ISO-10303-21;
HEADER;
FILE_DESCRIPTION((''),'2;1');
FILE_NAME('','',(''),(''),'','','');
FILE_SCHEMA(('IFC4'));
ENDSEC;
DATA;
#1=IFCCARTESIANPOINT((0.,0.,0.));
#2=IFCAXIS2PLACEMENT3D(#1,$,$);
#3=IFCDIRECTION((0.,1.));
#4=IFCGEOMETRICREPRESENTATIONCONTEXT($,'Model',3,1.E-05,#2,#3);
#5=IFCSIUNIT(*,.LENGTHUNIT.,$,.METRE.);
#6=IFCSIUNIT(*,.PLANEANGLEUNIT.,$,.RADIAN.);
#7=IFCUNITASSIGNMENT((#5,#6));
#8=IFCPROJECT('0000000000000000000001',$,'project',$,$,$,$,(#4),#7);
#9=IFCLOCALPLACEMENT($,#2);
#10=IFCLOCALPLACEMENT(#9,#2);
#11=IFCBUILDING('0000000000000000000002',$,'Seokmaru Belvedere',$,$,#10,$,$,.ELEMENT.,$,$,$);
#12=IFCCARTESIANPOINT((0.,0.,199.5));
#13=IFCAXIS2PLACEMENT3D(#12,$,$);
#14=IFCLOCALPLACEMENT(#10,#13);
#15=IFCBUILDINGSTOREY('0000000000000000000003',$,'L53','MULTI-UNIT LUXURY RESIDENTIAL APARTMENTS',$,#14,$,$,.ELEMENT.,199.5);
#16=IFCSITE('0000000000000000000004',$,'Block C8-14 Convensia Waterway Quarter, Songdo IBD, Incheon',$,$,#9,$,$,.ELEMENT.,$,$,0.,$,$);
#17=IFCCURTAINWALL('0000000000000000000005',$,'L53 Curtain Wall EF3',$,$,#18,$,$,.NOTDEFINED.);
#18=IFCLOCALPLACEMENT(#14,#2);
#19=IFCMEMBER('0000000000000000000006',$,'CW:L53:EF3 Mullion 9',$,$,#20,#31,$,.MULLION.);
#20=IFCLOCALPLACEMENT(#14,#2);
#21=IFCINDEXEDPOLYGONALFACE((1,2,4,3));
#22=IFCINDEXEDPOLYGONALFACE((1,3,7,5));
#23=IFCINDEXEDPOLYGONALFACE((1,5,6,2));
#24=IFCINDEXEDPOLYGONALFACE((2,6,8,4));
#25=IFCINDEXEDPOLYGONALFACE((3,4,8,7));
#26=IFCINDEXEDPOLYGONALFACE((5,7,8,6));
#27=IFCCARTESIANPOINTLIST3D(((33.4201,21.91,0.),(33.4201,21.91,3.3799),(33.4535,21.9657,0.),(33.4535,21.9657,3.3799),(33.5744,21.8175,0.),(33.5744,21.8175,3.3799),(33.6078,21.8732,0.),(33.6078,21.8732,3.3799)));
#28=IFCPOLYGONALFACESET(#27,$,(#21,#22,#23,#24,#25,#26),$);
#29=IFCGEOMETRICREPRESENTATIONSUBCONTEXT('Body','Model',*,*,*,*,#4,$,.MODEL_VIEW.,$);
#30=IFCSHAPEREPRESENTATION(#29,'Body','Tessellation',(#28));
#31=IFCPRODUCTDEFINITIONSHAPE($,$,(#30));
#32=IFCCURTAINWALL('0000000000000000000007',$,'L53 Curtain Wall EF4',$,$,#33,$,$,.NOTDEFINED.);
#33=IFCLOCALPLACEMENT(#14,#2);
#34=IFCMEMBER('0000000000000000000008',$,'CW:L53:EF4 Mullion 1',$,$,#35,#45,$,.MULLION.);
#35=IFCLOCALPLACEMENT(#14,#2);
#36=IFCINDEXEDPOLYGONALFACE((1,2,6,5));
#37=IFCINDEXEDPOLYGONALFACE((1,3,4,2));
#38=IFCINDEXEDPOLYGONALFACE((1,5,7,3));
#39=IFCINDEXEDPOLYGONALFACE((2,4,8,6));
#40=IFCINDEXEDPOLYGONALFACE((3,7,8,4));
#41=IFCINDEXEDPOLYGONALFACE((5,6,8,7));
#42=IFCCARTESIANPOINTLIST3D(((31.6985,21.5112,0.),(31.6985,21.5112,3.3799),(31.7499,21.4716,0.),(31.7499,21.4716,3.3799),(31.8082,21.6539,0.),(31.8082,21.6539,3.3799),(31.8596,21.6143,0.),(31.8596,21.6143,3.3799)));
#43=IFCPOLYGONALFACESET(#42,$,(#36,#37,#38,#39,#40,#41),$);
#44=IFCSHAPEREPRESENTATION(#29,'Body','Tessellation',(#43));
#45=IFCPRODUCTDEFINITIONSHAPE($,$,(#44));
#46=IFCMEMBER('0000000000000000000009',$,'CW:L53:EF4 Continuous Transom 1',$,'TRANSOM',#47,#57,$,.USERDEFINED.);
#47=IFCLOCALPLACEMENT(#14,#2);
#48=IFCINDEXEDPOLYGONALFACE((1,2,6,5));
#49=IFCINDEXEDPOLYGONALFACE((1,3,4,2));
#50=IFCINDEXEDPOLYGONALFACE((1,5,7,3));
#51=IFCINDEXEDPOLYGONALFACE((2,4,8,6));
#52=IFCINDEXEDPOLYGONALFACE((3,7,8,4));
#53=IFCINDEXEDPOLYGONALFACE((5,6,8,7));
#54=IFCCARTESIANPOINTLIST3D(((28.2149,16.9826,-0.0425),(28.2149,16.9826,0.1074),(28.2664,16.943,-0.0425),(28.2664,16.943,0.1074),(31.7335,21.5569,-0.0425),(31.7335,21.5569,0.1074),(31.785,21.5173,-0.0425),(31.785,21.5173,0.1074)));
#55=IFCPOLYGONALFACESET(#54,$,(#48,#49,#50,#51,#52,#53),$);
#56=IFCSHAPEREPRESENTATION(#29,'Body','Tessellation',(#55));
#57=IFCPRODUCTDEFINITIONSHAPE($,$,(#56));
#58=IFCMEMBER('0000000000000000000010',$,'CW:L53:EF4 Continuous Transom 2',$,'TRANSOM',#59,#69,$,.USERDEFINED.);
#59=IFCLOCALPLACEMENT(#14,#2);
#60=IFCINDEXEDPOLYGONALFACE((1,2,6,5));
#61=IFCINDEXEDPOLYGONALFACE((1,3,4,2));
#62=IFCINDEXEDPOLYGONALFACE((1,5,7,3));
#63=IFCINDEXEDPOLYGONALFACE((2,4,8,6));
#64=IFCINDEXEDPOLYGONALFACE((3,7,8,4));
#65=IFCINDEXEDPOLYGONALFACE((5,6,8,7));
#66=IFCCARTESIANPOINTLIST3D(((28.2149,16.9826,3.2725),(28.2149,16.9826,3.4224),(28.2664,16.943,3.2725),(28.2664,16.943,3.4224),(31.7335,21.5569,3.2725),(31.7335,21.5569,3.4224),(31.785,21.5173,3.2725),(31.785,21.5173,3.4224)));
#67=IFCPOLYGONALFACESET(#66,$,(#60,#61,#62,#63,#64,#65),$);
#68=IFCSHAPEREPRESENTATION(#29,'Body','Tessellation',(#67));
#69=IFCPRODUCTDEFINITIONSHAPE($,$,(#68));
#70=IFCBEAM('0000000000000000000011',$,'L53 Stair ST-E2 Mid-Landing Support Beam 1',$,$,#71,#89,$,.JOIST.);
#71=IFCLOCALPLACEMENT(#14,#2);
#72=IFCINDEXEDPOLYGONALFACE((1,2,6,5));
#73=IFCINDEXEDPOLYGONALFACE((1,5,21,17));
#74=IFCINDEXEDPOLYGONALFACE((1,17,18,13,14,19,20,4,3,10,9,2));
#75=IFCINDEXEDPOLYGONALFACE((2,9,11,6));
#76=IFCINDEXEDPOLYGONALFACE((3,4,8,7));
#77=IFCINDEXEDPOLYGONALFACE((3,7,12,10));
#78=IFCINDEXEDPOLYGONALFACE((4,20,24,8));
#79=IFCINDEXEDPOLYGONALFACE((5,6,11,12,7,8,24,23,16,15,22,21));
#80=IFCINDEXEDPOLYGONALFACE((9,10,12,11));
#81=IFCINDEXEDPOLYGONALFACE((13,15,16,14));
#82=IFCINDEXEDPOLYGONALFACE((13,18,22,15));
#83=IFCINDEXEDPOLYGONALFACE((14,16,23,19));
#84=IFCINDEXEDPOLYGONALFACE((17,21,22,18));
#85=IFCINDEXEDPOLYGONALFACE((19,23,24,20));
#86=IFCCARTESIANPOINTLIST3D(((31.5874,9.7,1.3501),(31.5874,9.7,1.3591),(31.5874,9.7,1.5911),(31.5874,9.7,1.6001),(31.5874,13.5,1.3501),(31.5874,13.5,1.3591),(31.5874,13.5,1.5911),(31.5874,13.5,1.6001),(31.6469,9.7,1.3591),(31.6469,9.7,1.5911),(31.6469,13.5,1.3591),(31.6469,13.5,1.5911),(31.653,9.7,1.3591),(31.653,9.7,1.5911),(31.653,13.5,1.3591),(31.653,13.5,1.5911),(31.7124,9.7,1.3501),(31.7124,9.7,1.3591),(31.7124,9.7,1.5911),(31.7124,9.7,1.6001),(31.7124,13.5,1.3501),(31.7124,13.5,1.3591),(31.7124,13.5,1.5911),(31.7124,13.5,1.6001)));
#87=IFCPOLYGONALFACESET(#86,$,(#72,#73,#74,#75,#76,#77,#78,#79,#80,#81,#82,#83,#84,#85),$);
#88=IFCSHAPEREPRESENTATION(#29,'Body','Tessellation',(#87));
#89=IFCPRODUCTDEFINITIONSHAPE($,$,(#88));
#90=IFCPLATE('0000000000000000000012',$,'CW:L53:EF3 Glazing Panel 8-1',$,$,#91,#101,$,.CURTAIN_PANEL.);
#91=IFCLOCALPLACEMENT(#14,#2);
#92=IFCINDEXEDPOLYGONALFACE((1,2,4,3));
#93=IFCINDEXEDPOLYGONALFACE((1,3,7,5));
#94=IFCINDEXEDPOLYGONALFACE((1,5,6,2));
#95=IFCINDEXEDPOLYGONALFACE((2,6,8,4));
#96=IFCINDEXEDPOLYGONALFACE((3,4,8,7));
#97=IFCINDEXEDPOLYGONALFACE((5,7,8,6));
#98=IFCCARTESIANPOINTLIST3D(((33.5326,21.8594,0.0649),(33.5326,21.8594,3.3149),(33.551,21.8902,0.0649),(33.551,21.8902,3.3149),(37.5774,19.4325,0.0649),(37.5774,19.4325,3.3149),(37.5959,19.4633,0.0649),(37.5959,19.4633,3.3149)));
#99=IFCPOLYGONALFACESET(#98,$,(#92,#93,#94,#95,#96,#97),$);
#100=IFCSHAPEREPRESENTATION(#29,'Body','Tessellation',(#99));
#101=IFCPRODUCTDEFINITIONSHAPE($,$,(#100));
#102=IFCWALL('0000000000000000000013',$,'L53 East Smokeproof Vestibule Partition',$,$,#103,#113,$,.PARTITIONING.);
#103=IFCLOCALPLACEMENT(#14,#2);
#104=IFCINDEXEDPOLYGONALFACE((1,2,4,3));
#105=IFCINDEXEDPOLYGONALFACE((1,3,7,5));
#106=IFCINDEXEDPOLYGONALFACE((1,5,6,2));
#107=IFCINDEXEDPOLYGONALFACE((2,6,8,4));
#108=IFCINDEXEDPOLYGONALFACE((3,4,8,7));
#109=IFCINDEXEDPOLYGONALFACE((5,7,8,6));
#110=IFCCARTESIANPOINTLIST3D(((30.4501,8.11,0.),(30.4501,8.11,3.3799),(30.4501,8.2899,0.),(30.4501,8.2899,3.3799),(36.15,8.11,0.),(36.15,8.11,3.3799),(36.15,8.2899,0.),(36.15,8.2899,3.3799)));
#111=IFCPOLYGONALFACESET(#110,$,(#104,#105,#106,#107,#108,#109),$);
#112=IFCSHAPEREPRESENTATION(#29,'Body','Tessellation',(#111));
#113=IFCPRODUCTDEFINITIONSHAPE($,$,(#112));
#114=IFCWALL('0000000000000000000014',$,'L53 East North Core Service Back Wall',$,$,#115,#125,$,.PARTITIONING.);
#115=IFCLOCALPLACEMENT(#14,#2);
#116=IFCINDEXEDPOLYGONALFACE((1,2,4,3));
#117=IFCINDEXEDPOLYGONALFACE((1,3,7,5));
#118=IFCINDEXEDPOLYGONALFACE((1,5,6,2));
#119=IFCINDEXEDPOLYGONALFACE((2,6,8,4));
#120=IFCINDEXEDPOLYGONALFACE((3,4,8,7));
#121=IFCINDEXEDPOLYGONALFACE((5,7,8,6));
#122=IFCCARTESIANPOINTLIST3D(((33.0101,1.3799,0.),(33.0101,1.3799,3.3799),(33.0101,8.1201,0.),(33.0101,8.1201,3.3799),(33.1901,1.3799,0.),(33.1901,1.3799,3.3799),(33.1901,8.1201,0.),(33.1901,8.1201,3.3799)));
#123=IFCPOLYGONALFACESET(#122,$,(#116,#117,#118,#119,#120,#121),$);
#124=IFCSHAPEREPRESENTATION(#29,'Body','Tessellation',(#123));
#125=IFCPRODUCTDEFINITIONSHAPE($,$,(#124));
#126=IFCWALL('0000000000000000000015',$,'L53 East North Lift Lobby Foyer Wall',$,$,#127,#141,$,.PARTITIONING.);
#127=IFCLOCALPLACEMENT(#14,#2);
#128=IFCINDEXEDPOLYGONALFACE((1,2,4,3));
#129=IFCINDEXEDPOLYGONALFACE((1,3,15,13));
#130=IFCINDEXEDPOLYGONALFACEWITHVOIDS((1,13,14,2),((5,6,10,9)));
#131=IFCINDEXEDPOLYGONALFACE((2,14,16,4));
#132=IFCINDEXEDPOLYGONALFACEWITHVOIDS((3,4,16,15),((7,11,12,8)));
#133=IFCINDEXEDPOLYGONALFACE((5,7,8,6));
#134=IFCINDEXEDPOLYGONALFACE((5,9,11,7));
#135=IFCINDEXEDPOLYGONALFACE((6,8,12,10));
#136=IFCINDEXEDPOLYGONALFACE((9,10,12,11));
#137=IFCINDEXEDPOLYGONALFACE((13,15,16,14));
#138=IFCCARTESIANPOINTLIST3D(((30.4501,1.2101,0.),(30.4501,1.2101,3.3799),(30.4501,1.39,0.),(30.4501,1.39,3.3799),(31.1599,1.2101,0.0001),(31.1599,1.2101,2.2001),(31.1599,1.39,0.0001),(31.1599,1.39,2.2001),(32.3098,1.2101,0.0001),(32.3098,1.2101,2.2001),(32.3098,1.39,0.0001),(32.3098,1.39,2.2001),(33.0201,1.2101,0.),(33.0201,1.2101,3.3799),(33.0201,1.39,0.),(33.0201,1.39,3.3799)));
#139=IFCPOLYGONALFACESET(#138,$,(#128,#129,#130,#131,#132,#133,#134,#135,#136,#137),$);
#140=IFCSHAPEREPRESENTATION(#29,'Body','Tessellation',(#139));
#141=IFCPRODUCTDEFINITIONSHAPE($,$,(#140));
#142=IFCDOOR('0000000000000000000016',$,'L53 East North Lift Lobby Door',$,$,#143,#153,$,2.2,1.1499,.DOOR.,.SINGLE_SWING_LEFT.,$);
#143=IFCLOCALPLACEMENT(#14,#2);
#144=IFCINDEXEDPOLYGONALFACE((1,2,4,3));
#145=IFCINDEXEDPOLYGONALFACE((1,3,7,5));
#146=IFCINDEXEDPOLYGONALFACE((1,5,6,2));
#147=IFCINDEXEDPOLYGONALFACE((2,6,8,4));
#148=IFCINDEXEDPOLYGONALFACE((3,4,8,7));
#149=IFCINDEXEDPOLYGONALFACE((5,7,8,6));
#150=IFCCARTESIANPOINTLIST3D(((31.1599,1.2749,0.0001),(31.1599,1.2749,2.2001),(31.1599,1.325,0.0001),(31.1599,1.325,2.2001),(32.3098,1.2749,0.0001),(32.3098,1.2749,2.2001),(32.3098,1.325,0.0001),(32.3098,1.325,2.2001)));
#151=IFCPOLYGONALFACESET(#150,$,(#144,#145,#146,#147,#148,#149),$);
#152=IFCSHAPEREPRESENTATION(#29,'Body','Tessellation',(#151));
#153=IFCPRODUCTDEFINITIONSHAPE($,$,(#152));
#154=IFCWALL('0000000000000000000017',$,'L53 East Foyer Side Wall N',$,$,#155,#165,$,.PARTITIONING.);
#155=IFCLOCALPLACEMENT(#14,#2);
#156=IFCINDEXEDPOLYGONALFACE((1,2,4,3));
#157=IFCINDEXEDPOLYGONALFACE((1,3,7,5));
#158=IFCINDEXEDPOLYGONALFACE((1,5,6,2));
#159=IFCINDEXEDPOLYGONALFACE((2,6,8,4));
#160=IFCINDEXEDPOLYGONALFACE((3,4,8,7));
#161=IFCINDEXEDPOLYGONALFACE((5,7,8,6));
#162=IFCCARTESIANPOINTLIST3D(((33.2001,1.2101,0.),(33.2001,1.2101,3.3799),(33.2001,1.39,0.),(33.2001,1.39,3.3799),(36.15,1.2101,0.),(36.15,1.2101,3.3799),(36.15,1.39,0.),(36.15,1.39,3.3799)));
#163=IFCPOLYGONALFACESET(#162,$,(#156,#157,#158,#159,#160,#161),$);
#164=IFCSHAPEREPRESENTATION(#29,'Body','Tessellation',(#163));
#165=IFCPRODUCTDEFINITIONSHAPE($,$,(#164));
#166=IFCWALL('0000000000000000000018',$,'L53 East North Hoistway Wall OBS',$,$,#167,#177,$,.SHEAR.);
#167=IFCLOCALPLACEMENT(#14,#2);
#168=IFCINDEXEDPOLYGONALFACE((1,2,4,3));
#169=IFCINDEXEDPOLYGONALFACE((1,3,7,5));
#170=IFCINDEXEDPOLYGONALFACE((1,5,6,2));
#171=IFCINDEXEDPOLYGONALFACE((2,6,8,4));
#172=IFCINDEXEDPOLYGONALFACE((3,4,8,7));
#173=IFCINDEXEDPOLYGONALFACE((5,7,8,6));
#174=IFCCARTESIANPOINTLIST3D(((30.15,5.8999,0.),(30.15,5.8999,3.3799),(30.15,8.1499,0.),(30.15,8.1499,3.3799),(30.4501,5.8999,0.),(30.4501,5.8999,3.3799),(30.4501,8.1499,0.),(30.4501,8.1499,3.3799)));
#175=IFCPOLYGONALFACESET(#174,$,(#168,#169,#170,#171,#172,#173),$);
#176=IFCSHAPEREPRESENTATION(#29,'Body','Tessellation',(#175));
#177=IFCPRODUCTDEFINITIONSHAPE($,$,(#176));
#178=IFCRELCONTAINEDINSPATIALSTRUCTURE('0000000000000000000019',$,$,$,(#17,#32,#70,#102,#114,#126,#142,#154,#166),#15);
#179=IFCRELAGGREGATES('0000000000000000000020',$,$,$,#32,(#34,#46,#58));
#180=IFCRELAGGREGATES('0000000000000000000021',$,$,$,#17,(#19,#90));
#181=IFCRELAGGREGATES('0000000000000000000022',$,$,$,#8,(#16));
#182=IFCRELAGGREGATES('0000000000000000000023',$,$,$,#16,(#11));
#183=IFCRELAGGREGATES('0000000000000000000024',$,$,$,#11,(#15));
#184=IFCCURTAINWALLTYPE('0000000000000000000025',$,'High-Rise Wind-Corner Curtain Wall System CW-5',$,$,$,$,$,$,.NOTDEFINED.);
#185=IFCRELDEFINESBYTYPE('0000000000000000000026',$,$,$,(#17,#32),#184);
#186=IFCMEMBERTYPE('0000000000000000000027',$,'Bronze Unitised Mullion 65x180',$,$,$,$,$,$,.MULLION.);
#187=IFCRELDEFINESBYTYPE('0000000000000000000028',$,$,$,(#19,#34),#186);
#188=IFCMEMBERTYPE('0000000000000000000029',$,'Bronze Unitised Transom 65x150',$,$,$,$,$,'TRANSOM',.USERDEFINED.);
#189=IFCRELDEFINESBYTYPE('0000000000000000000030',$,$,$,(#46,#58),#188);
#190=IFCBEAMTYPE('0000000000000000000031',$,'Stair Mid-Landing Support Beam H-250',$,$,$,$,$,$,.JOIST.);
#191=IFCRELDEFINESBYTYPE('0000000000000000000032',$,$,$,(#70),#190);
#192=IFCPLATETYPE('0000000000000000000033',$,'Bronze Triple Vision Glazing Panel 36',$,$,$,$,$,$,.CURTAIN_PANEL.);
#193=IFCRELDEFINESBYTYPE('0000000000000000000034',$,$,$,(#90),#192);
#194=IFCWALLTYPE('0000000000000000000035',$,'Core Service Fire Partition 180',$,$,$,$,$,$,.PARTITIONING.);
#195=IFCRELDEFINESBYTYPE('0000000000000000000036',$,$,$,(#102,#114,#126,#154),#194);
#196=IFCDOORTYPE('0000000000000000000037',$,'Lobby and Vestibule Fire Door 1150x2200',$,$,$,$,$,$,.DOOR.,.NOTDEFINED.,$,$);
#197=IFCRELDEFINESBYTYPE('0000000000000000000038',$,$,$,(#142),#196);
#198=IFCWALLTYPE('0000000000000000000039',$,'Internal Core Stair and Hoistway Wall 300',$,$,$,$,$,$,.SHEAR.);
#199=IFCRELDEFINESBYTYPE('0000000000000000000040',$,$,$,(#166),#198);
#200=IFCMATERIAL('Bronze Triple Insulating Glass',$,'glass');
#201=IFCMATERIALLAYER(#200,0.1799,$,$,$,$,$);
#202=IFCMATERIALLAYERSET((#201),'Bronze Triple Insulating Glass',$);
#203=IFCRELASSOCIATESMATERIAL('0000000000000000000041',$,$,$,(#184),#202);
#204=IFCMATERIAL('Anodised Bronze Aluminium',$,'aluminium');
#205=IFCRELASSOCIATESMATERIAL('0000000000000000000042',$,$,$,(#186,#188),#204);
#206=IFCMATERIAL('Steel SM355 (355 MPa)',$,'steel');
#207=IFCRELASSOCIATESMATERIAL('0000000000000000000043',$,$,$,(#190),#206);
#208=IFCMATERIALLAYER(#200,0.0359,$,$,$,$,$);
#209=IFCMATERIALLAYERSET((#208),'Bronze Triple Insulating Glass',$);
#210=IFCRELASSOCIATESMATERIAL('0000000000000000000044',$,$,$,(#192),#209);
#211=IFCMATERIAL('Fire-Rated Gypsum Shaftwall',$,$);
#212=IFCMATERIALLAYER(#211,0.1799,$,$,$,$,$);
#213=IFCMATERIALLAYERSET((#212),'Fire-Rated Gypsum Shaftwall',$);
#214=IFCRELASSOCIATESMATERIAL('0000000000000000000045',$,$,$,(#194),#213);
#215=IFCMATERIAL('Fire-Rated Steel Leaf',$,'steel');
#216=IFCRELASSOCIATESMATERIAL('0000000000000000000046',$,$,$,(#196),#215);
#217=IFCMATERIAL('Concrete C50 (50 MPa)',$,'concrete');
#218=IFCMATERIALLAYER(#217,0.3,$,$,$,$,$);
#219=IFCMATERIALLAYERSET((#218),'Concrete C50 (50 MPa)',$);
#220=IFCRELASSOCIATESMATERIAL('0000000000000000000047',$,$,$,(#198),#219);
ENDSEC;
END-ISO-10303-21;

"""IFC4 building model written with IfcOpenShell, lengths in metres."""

from ifc_helpers import new_model, si_unit, direction, frame, frame_2d, origin, origin_2d, place, context, subcontext, project, spatial, rectangle, i_section, extrude, source, transform, mapped, material, layer, layer_set, material_profile, profile_set, type_object, type_shapes, element, fill, aggregate, save


model = new_model("IFC4")

# Units and contexts
model_context = context("Model", 3, precision=1e-05, world=origin(), true_north=direction((0.0, 1.0)))
body_context = subcontext(model_context, "Body", "Model", "MODEL_VIEW")
ifc_project = project(units=[si_unit("LENGTHUNIT", "METRE"), si_unit("PLANEANGLEUNIT", "RADIAN")], contexts=[model_context])

# Site, building, storey
site_placement = place(None, origin())
site = spatial("IfcSite", under=ifc_project, at=site_placement, Name="Block C8-14 Convensia Waterway Quarter, Songdo IBD, Incheon", CompositionType="ELEMENT", RefElevation=0.0)
building_placement = place(site_placement, origin())
building = spatial("IfcBuilding", under=site, at=building_placement, Name="Seokmaru Belvedere", CompositionType="ELEMENT")
storey_placement = place(building_placement, frame((0.0, 0.0, 199.5)))
storey = spatial("IfcBuildingStorey", under=building, at=storey_placement, Name="L53", Description="MULTI-UNIT LUXURY RESIDENTIAL APARTMENTS", CompositionType="ELEMENT", Elevation=199.5)

# Shared definitions
ifc_material_1 = material(Name="Steel SM355 (355 MPa)", Category="steel")

# Curtain wall, member
ifc_material_2 = material(Name="Bronze Triple Insulating Glass", Category="glass")
ifc_layer_1 = layer(ifc_material_2, 0.1799)
ifc_layer_set_1 = layer_set([ifc_layer_1], Name="Bronze Triple Insulating Glass")
curtain_wall_type = type_object("IfcCurtainWallType", Name="High-Rise Wind-Corner Curtain Wall System CW-5", PredefinedType="NOTDEFINED", material=ifc_layer_set_1)
curtain_wall_1_placement = place(storey_placement, origin())
curtain_wall_1 = element("IfcCurtainWall", 1, at=curtain_wall_1_placement, inside=storey, type_object=curtain_wall_type, Name="L53 Curtain Wall EF3", PredefinedType="NOTDEFINED")
ifc_material_3 = material(Name="Anodised Bronze Aluminium", Category="aluminium")
ifc_material_profile_1 = material_profile(ifc_material_3, rectangle(XDim=0.0649, YDim=0.1799, at=origin_2d()), Name="CW-M-65x180")
ifc_profile_set_1 = profile_set([ifc_material_profile_1], Name="Anodised Bronze Aluminium")
member_type_1 = type_object("IfcMemberType", Name="Bronze Unitised Mullion 65x180", PredefinedType="MULLION", material=ifc_profile_set_1)
shared_shape_1 = source(origin(), body_context, "Body", "SweptSolid", [
    extrude(rectangle(XDim=0.0649, YDim=0.1799, at=origin_2d()), origin(), (0.0, 0.0, 1.0), 3.3799),
])
type_shapes(member_type_1, [shared_shape_1])
member_1_placement = place(storey_placement, frame((33.5139, 21.8916, 0.0), z_axis=(0.0, 0.0, 1.0), x_axis=(-0.514495, -0.857493, 0.0)))
member_1 = element("IfcMember", 2, at=member_1_placement, type_object=member_type_1, Name="CW:L53:EF3 Mullion 9", PredefinedType="MULLION", context=body_context, shape_type="MappedRepresentation", body=[
    mapped(shared_shape_1, transform((0.0, 0.0, 0.0), scale=1.0)),
])

# Curtain wall, members
curtain_wall_2_placement = place(storey_placement, origin())
curtain_wall_2 = element("IfcCurtainWall", 3, at=curtain_wall_2_placement, inside=storey, type_object=curtain_wall_type, Name="L53 Curtain Wall EF4", PredefinedType="NOTDEFINED")
member_2_placement = place(storey_placement, frame((31.7791, 21.5627, 0.0), z_axis=(0.0, 0.0, 1.0), x_axis=(0.792631, -0.609701, 0.0)))
member_2 = element("IfcMember", 4, at=member_2_placement, type_object=member_type_1, Name="CW:L53:EF4 Mullion 1", PredefinedType="MULLION", context=body_context, shape_type="MappedRepresentation", body=[
    mapped(shared_shape_1, transform((0.0, 0.0, 0.0), scale=1.0)),
])
ifc_material_profile_2 = material_profile(ifc_material_3, rectangle(XDim=0.0649, YDim=0.1499, at=origin_2d()), Name="CW-T-65x150")
ifc_profile_set_2 = profile_set([ifc_material_profile_2], Name="Anodised Bronze Aluminium")
member_type_2 = type_object("IfcMemberType", Name="Bronze Unitised Transom 65x150", ElementType="TRANSOM", PredefinedType="USERDEFINED", material=ifc_profile_set_2)
shared_shape_2 = source(origin(), body_context, "Body", "SweptSolid", [
    extrude(rectangle(XDim=0.0649, YDim=0.1499, at=origin_2d()), origin(), (0.0, 0.0, 1.0), 5.771),
])
type_shapes(member_type_2, [shared_shape_2])
member_3_placement = place(storey_placement, frame((31.7593, 21.5371, 0.0325), z_axis=(-0.609703, -0.79263, 0.0), x_axis=(0.79263, -0.609703, 0.0)))
member_3 = element("IfcMember", 5, at=member_3_placement, type_object=member_type_2, Name="CW:L53:EF4 Continuous Transom 1", ObjectType="TRANSOM", PredefinedType="USERDEFINED", context=body_context, shape_type="MappedRepresentation", body=[
    mapped(shared_shape_2, transform((0.0, 0.0, 0.0), scale=1.0)),
])
member_4_placement = place(storey_placement, frame((31.7593, 21.5371, 3.3474), z_axis=(-0.609703, -0.79263, 0.0), x_axis=(0.79263, -0.609703, 0.0)))
member_4 = element("IfcMember", 6, at=member_4_placement, type_object=member_type_2, Name="CW:L53:EF4 Continuous Transom 2", ObjectType="TRANSOM", PredefinedType="USERDEFINED", context=body_context, shape_type="MappedRepresentation", body=[
    mapped(shared_shape_2, transform((0.0, 0.0, 0.0), scale=1.0)),
])
aggregate(curtain_wall_2, [member_2, member_3, member_4])

# Beam
ifc_material_profile_3 = material_profile(ifc_material_1, i_section(OverallWidth=0.125, OverallDepth=0.25, WebThickness=0.0061, FlangeThickness=0.009, at=origin_2d()), Name="H-250x125x6x9")
ifc_profile_set_3 = profile_set([ifc_material_profile_3], Name="Steel SM355 (355 MPa)")
beam_type_1 = type_object("IfcBeamType", Name="Stair Mid-Landing Support Beam H-250", PredefinedType="JOIST", material=ifc_profile_set_3)
shared_shape_3 = source(origin(), body_context, "Body", "SweptSolid", [
    extrude(i_section(OverallWidth=0.125, OverallDepth=0.25, WebThickness=0.0061, FlangeThickness=0.009, at=origin_2d()), origin(), (0.0, 0.0, 1.0), 3.8),
])
type_shapes(beam_type_1, [shared_shape_3])
beam_1_placement = place(storey_placement, frame((31.6499, 9.7, 1.4751), z_axis=(0.0, 1.0, 0.0), x_axis=(-1.0, 0.0, 0.0)))
element("IfcBeam", 7, at=beam_1_placement, inside=storey, type_object=beam_type_1, Name="L53 Stair ST-E2 Mid-Landing Support Beam 1", PredefinedType="JOIST", context=body_context, shape_type="MappedRepresentation", body=[
    mapped(shared_shape_3, transform((0.0, 0.0, 0.0), scale=1.0)),
])

# Plate
ifc_layer_2 = layer(ifc_material_2, 0.0359)
ifc_layer_set_2 = layer_set([ifc_layer_2], Name="Bronze Triple Insulating Glass")
plate_type = type_object("IfcPlateType", Name="Bronze Triple Vision Glazing Panel 36", PredefinedType="CURTAIN_PANEL", material=ifc_layer_set_2)
shared_shape_4 = source(origin(), body_context, "Body", "SweptSolid", [
    extrude(rectangle(XDim=4.717, YDim=0.0359, at=origin_2d()), origin(), (0.0, 0.0, 1.0), 3.25),
])
type_shapes(plate_type, [shared_shape_4])
plate_placement = place(storey_placement, frame((35.5642, 20.6614, 0.0649), z_axis=(0.0, 0.0, 1.0), x_axis=(-0.857493, 0.514495, 0.0)))
plate = element("IfcPlate", 8, at=plate_placement, type_object=plate_type, Name="CW:L53:EF3 Glazing Panel 8-1", PredefinedType="CURTAIN_PANEL", context=body_context, shape_type="MappedRepresentation", body=[
    mapped(shared_shape_4, transform((0.0, 0.0, 0.0), scale=1.0)),
])
aggregate(curtain_wall_1, [member_1, plate])

# Walls
ifc_material_4 = material(Name="Fire-Rated Gypsum Shaftwall")
ifc_layer_3 = layer(ifc_material_4, 0.1799)
ifc_layer_set_3 = layer_set([ifc_layer_3], Name="Fire-Rated Gypsum Shaftwall")
wall_type_1 = type_object("IfcWallType", Name="Core Service Fire Partition 180", PredefinedType="PARTITIONING", material=ifc_layer_set_3)
wall_1_placement = place(storey_placement, frame((30.45, 8.2, 0.0), z_axis=(0.0, 0.0, 1.0), x_axis=(1.0, 0.0, 0.0)))
element("IfcWall", 9, at=wall_1_placement, inside=storey, type_object=wall_type_1, Name="L53 East Smokeproof Vestibule Partition", PredefinedType="PARTITIONING", context=body_context, shape_type="SweptSolid", body=[
    extrude(rectangle(XDim=5.7, YDim=0.1799, at=frame_2d((2.8501, 0.0))), origin(), (0.0, 0.0, 1.0), 3.3799),
])
wall_2_placement = place(storey_placement, frame((33.1001, 1.3799, 0.0), z_axis=(0.0, 0.0, 1.0), x_axis=(0.0, 1.0, 0.0)))
element("IfcWall", 10, at=wall_2_placement, inside=storey, type_object=wall_type_1, Name="L53 East North Core Service Back Wall", PredefinedType="PARTITIONING", context=body_context, shape_type="SweptSolid", body=[
    extrude(rectangle(XDim=6.7402, YDim=0.1799, at=frame_2d((3.3701, 0.0))), origin(), (0.0, 0.0, 1.0), 3.3799),
])

# Wall, opening, door
wall_3_placement = place(storey_placement, frame((30.45, 1.3, 0.0), z_axis=(0.0, 0.0, 1.0), x_axis=(1.0, 0.0, 0.0)))
wall_3 = element("IfcWall", 11, at=wall_3_placement, inside=storey, type_object=wall_type_1, Name="L53 East North Lift Lobby Foyer Wall", PredefinedType="PARTITIONING", context=body_context, shape_type="SweptSolid", body=[
    extrude(rectangle(XDim=2.5701, YDim=0.1799, at=frame_2d((1.2852, 0.0))), origin(), (0.0, 0.0, 1.0), 3.3799),
])
opening_1_placement = place(wall_3_placement, frame((0.71, 0.0, 0.0)))
opening_1 = element("IfcOpeningElement", 12, at=opening_1_placement, cuts=wall_3, PredefinedType="OPENING", context=body_context, shape_type="SweptSolid", body=[
    extrude(rectangle(XDim=1.1499, YDim=2.2, at=frame_2d((0.575, 1.1001))), frame((0.0, 0.1001, 0.0), z_axis=(0.0, -1.0, 0.0), x_axis=(1.0, 0.0, 0.0)), (0.0, 0.0, 1.0), 0.2),
])
ifc_material_5 = material(Name="Fire-Rated Steel Leaf", Category="steel")
door_type_1 = type_object("IfcDoorType", Name="Lobby and Vestibule Fire Door 1150x2200", OperationType="NOTDEFINED", PredefinedType="DOOR", material=ifc_material_5)
shared_shape_5 = source(origin(), body_context, "Body", "SweptSolid", [
    extrude(rectangle(XDim=1.1499, YDim=2.2, at=frame_2d((0.575, 1.1001))), frame((0.0, 0.0249, 0.0), z_axis=(0.0, -1.0, 0.0), x_axis=(1.0, 0.0, 0.0)), (0.0, 0.0, 1.0), 0.05),
])
type_shapes(door_type_1, [shared_shape_5])
door_1_placement = place(opening_1_placement, origin())
door_1 = element("IfcDoor", 13, at=door_1_placement, inside=storey, type_object=door_type_1, Name="L53 East North Lift Lobby Door", OperationType="SINGLE_SWING_LEFT", OverallHeight=2.2, OverallWidth=1.1499, PredefinedType="DOOR", context=body_context, shape_type="MappedRepresentation", body=[
    mapped(shared_shape_5, transform((0.0, 0.0, 0.0), scale=1.0)),
])
fill(opening_1, door_1)

# Walls
wall_4_placement = place(storey_placement, frame((33.2, 1.3, 0.0), z_axis=(0.0, 0.0, 1.0), x_axis=(1.0, 0.0, 0.0)))
element("IfcWall", 14, at=wall_4_placement, inside=storey, type_object=wall_type_1, Name="L53 East Foyer Side Wall N", PredefinedType="PARTITIONING", context=body_context, shape_type="SweptSolid", body=[
    extrude(rectangle(XDim=2.95, YDim=0.1799, at=frame_2d((1.4751, 0.0))), origin(), (0.0, 0.0, 1.0), 3.3799),
])
ifc_material_6 = material(Name="Concrete C50 (50 MPa)", Category="concrete")
ifc_layer_4 = layer(ifc_material_6, 0.3)
ifc_layer_set_4 = layer_set([ifc_layer_4], Name="Concrete C50 (50 MPa)")
wall_type_2 = type_object("IfcWallType", Name="Internal Core Stair and Hoistway Wall 300", PredefinedType="SHEAR", material=ifc_layer_set_4)
wall_5_placement = place(storey_placement, frame((30.3, 5.8999, 0.0), z_axis=(0.0, 0.0, 1.0), x_axis=(0.0, 1.0, 0.0)))
element("IfcWall", 15, at=wall_5_placement, inside=storey, type_object=wall_type_2, Name="L53 East North Hoistway Wall OBS", PredefinedType="SHEAR", context=body_context, shape_type="SweptSolid", body=[
    extrude(rectangle(XDim=2.25, YDim=0.3, at=frame_2d((1.125, 0.0))), origin(), (0.0, 0.0, 1.0), 3.3799),
])

save(model, "model.ifc")
